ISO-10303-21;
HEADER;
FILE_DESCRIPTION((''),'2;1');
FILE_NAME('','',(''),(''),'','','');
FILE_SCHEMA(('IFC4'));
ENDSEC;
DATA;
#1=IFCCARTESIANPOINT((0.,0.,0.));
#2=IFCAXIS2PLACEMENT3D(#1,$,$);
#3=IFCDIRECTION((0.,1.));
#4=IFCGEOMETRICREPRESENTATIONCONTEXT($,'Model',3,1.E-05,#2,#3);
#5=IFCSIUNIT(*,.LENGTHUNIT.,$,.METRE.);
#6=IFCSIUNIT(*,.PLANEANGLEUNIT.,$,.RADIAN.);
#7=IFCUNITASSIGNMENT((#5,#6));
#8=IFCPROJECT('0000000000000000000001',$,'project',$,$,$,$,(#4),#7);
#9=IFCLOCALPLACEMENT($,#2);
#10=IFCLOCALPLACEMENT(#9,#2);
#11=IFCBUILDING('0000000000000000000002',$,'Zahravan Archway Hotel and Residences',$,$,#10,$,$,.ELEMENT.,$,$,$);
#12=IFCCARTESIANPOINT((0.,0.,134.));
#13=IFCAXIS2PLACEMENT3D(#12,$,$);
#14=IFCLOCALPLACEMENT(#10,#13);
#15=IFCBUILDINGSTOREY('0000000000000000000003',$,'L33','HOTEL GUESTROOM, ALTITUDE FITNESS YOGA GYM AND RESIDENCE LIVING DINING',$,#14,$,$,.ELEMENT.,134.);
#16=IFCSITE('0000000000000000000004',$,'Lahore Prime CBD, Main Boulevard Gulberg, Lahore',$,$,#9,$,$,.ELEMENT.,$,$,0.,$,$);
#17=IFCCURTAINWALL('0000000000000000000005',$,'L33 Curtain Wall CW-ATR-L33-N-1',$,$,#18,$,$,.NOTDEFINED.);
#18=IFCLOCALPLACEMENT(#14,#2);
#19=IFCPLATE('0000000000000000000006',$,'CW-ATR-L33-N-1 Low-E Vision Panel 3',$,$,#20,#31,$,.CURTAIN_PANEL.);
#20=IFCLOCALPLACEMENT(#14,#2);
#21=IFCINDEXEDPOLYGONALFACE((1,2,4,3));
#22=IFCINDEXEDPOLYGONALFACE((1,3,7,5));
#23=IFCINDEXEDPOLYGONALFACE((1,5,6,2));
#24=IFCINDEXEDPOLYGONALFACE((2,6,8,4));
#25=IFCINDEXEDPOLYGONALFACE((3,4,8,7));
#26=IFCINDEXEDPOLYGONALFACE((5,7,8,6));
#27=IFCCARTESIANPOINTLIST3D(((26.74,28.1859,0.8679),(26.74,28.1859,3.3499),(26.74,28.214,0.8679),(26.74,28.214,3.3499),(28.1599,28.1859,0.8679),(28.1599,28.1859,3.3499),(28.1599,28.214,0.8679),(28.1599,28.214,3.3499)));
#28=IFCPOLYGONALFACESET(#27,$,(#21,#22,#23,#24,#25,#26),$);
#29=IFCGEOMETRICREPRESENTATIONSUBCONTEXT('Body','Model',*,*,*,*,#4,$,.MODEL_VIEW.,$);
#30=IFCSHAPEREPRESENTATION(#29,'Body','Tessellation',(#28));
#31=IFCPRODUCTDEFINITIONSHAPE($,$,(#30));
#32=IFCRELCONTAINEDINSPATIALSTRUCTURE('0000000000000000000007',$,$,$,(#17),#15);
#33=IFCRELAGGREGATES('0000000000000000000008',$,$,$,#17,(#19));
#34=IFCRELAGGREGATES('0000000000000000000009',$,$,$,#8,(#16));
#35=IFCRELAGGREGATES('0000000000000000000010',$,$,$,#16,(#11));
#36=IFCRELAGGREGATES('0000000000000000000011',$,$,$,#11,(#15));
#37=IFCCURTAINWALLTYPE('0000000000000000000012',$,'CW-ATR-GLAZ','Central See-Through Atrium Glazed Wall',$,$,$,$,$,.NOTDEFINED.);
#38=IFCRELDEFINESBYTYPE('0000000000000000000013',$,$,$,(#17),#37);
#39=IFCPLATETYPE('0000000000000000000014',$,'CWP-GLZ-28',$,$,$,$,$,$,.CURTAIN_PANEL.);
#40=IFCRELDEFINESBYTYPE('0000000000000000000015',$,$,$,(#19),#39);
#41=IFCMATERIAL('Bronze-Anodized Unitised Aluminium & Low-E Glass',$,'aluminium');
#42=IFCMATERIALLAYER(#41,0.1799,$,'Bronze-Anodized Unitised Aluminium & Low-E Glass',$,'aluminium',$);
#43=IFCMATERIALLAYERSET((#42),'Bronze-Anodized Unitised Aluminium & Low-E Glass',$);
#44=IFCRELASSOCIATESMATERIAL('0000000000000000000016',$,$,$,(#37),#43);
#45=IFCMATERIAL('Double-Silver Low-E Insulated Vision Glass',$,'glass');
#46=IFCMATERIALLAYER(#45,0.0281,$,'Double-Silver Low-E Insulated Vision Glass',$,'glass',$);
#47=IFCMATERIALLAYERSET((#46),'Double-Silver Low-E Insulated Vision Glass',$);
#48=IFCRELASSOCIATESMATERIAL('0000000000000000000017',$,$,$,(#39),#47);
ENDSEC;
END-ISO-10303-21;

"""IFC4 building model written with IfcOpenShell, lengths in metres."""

from ifc_helpers import new_model, si_unit, direction, frame, origin, origin_2d, place, context, subcontext, project, spatial, rectangle, extrude, source, transform, mapped, material, layer, layer_set, type_object, element, aggregate, save


model = new_model("IFC4")

# Units and contexts
model_context = context("Model", 3, precision=1e-05, world=origin(), true_north=direction((0.0, 1.0)))
body_context = subcontext(model_context, "Body", "Model", "MODEL_VIEW")
ifc_project = project(units=[si_unit("LENGTHUNIT", "METRE"), si_unit("PLANEANGLEUNIT", "RADIAN")], contexts=[model_context])

# Site, building, storey
site_placement = place(None, origin())
site = spatial("IfcSite", under=ifc_project, at=site_placement, Name="Lahore Prime CBD, Main Boulevard Gulberg, Lahore", CompositionType="ELEMENT", RefElevation=0.0)
building_placement = place(site_placement, origin())
building = spatial("IfcBuilding", under=site, at=building_placement, Name="Zahravan Archway Hotel and Residences", CompositionType="ELEMENT")
storey_placement = place(building_placement, frame((0.0, 0.0, 134.0)))
storey = spatial("IfcBuildingStorey", under=building, at=storey_placement, Name="L33", Description="HOTEL GUESTROOM, ALTITUDE FITNESS YOGA GYM AND RESIDENCE LIVING DINING", CompositionType="ELEMENT", Elevation=134.0)

# Curtain wall
ifc_material_1 = material(Name="Bronze-Anodized Unitised Aluminium & Low-E Glass", Category="aluminium")
ifc_layer_1 = layer(ifc_material_1, 0.1799, Name="Bronze-Anodized Unitised Aluminium & Low-E Glass", Category="aluminium")
ifc_layer_set_1 = layer_set([ifc_layer_1], Name="Bronze-Anodized Unitised Aluminium & Low-E Glass")
curtain_wall_type = type_object("IfcCurtainWallType", Name="CW-ATR-GLAZ", Description="Central See-Through Atrium Glazed Wall", PredefinedType="NOTDEFINED", material=ifc_layer_set_1)
curtain_wall_1_placement = place(storey_placement, origin())
curtain_wall_1 = element("IfcCurtainWall", 1, at=curtain_wall_1_placement, inside=storey, type_object=curtain_wall_type, Name="L33 Curtain Wall CW-ATR-L33-N-1", PredefinedType="NOTDEFINED")

# Plate
ifc_material_2 = material(Name="Double-Silver Low-E Insulated Vision Glass", Category="glass")
ifc_layer_2 = layer(ifc_material_2, 0.0281, Name="Double-Silver Low-E Insulated Vision Glass", Category="glass")
ifc_layer_set_2 = layer_set([ifc_layer_2], Name="Double-Silver Low-E Insulated Vision Glass")
plate_type_1 = type_object("IfcPlateType", Name="CWP-GLZ-28", PredefinedType="CURTAIN_PANEL", material=ifc_layer_set_2)
shared_shape_1 = source(origin(), body_context, "Body", "SweptSolid", [
    extrude(rectangle(XDim=1.4199, YDim=0.0281, at=origin_2d()), origin(), (0.0, 0.0, 1.0), 2.4819),
])
plate_1_placement = place(storey_placement, frame((27.45, 28.2, 0.8679), z_axis=(0.0, 0.0, 1.0), x_axis=(1.0, 0.0, 0.0)))
plate_1 = element("IfcPlate", 2, at=plate_1_placement, type_object=plate_type_1, Name="CW-ATR-L33-N-1 Low-E Vision Panel 3", PredefinedType="CURTAIN_PANEL", context=body_context, shape_type="MappedRepresentation", body=[
    mapped(shared_shape_1, transform((0.0, 0.0, 0.0), scale=1.0)),
])
aggregate(curtain_wall_1, [plate_1])

save(model, "model.ifc")
